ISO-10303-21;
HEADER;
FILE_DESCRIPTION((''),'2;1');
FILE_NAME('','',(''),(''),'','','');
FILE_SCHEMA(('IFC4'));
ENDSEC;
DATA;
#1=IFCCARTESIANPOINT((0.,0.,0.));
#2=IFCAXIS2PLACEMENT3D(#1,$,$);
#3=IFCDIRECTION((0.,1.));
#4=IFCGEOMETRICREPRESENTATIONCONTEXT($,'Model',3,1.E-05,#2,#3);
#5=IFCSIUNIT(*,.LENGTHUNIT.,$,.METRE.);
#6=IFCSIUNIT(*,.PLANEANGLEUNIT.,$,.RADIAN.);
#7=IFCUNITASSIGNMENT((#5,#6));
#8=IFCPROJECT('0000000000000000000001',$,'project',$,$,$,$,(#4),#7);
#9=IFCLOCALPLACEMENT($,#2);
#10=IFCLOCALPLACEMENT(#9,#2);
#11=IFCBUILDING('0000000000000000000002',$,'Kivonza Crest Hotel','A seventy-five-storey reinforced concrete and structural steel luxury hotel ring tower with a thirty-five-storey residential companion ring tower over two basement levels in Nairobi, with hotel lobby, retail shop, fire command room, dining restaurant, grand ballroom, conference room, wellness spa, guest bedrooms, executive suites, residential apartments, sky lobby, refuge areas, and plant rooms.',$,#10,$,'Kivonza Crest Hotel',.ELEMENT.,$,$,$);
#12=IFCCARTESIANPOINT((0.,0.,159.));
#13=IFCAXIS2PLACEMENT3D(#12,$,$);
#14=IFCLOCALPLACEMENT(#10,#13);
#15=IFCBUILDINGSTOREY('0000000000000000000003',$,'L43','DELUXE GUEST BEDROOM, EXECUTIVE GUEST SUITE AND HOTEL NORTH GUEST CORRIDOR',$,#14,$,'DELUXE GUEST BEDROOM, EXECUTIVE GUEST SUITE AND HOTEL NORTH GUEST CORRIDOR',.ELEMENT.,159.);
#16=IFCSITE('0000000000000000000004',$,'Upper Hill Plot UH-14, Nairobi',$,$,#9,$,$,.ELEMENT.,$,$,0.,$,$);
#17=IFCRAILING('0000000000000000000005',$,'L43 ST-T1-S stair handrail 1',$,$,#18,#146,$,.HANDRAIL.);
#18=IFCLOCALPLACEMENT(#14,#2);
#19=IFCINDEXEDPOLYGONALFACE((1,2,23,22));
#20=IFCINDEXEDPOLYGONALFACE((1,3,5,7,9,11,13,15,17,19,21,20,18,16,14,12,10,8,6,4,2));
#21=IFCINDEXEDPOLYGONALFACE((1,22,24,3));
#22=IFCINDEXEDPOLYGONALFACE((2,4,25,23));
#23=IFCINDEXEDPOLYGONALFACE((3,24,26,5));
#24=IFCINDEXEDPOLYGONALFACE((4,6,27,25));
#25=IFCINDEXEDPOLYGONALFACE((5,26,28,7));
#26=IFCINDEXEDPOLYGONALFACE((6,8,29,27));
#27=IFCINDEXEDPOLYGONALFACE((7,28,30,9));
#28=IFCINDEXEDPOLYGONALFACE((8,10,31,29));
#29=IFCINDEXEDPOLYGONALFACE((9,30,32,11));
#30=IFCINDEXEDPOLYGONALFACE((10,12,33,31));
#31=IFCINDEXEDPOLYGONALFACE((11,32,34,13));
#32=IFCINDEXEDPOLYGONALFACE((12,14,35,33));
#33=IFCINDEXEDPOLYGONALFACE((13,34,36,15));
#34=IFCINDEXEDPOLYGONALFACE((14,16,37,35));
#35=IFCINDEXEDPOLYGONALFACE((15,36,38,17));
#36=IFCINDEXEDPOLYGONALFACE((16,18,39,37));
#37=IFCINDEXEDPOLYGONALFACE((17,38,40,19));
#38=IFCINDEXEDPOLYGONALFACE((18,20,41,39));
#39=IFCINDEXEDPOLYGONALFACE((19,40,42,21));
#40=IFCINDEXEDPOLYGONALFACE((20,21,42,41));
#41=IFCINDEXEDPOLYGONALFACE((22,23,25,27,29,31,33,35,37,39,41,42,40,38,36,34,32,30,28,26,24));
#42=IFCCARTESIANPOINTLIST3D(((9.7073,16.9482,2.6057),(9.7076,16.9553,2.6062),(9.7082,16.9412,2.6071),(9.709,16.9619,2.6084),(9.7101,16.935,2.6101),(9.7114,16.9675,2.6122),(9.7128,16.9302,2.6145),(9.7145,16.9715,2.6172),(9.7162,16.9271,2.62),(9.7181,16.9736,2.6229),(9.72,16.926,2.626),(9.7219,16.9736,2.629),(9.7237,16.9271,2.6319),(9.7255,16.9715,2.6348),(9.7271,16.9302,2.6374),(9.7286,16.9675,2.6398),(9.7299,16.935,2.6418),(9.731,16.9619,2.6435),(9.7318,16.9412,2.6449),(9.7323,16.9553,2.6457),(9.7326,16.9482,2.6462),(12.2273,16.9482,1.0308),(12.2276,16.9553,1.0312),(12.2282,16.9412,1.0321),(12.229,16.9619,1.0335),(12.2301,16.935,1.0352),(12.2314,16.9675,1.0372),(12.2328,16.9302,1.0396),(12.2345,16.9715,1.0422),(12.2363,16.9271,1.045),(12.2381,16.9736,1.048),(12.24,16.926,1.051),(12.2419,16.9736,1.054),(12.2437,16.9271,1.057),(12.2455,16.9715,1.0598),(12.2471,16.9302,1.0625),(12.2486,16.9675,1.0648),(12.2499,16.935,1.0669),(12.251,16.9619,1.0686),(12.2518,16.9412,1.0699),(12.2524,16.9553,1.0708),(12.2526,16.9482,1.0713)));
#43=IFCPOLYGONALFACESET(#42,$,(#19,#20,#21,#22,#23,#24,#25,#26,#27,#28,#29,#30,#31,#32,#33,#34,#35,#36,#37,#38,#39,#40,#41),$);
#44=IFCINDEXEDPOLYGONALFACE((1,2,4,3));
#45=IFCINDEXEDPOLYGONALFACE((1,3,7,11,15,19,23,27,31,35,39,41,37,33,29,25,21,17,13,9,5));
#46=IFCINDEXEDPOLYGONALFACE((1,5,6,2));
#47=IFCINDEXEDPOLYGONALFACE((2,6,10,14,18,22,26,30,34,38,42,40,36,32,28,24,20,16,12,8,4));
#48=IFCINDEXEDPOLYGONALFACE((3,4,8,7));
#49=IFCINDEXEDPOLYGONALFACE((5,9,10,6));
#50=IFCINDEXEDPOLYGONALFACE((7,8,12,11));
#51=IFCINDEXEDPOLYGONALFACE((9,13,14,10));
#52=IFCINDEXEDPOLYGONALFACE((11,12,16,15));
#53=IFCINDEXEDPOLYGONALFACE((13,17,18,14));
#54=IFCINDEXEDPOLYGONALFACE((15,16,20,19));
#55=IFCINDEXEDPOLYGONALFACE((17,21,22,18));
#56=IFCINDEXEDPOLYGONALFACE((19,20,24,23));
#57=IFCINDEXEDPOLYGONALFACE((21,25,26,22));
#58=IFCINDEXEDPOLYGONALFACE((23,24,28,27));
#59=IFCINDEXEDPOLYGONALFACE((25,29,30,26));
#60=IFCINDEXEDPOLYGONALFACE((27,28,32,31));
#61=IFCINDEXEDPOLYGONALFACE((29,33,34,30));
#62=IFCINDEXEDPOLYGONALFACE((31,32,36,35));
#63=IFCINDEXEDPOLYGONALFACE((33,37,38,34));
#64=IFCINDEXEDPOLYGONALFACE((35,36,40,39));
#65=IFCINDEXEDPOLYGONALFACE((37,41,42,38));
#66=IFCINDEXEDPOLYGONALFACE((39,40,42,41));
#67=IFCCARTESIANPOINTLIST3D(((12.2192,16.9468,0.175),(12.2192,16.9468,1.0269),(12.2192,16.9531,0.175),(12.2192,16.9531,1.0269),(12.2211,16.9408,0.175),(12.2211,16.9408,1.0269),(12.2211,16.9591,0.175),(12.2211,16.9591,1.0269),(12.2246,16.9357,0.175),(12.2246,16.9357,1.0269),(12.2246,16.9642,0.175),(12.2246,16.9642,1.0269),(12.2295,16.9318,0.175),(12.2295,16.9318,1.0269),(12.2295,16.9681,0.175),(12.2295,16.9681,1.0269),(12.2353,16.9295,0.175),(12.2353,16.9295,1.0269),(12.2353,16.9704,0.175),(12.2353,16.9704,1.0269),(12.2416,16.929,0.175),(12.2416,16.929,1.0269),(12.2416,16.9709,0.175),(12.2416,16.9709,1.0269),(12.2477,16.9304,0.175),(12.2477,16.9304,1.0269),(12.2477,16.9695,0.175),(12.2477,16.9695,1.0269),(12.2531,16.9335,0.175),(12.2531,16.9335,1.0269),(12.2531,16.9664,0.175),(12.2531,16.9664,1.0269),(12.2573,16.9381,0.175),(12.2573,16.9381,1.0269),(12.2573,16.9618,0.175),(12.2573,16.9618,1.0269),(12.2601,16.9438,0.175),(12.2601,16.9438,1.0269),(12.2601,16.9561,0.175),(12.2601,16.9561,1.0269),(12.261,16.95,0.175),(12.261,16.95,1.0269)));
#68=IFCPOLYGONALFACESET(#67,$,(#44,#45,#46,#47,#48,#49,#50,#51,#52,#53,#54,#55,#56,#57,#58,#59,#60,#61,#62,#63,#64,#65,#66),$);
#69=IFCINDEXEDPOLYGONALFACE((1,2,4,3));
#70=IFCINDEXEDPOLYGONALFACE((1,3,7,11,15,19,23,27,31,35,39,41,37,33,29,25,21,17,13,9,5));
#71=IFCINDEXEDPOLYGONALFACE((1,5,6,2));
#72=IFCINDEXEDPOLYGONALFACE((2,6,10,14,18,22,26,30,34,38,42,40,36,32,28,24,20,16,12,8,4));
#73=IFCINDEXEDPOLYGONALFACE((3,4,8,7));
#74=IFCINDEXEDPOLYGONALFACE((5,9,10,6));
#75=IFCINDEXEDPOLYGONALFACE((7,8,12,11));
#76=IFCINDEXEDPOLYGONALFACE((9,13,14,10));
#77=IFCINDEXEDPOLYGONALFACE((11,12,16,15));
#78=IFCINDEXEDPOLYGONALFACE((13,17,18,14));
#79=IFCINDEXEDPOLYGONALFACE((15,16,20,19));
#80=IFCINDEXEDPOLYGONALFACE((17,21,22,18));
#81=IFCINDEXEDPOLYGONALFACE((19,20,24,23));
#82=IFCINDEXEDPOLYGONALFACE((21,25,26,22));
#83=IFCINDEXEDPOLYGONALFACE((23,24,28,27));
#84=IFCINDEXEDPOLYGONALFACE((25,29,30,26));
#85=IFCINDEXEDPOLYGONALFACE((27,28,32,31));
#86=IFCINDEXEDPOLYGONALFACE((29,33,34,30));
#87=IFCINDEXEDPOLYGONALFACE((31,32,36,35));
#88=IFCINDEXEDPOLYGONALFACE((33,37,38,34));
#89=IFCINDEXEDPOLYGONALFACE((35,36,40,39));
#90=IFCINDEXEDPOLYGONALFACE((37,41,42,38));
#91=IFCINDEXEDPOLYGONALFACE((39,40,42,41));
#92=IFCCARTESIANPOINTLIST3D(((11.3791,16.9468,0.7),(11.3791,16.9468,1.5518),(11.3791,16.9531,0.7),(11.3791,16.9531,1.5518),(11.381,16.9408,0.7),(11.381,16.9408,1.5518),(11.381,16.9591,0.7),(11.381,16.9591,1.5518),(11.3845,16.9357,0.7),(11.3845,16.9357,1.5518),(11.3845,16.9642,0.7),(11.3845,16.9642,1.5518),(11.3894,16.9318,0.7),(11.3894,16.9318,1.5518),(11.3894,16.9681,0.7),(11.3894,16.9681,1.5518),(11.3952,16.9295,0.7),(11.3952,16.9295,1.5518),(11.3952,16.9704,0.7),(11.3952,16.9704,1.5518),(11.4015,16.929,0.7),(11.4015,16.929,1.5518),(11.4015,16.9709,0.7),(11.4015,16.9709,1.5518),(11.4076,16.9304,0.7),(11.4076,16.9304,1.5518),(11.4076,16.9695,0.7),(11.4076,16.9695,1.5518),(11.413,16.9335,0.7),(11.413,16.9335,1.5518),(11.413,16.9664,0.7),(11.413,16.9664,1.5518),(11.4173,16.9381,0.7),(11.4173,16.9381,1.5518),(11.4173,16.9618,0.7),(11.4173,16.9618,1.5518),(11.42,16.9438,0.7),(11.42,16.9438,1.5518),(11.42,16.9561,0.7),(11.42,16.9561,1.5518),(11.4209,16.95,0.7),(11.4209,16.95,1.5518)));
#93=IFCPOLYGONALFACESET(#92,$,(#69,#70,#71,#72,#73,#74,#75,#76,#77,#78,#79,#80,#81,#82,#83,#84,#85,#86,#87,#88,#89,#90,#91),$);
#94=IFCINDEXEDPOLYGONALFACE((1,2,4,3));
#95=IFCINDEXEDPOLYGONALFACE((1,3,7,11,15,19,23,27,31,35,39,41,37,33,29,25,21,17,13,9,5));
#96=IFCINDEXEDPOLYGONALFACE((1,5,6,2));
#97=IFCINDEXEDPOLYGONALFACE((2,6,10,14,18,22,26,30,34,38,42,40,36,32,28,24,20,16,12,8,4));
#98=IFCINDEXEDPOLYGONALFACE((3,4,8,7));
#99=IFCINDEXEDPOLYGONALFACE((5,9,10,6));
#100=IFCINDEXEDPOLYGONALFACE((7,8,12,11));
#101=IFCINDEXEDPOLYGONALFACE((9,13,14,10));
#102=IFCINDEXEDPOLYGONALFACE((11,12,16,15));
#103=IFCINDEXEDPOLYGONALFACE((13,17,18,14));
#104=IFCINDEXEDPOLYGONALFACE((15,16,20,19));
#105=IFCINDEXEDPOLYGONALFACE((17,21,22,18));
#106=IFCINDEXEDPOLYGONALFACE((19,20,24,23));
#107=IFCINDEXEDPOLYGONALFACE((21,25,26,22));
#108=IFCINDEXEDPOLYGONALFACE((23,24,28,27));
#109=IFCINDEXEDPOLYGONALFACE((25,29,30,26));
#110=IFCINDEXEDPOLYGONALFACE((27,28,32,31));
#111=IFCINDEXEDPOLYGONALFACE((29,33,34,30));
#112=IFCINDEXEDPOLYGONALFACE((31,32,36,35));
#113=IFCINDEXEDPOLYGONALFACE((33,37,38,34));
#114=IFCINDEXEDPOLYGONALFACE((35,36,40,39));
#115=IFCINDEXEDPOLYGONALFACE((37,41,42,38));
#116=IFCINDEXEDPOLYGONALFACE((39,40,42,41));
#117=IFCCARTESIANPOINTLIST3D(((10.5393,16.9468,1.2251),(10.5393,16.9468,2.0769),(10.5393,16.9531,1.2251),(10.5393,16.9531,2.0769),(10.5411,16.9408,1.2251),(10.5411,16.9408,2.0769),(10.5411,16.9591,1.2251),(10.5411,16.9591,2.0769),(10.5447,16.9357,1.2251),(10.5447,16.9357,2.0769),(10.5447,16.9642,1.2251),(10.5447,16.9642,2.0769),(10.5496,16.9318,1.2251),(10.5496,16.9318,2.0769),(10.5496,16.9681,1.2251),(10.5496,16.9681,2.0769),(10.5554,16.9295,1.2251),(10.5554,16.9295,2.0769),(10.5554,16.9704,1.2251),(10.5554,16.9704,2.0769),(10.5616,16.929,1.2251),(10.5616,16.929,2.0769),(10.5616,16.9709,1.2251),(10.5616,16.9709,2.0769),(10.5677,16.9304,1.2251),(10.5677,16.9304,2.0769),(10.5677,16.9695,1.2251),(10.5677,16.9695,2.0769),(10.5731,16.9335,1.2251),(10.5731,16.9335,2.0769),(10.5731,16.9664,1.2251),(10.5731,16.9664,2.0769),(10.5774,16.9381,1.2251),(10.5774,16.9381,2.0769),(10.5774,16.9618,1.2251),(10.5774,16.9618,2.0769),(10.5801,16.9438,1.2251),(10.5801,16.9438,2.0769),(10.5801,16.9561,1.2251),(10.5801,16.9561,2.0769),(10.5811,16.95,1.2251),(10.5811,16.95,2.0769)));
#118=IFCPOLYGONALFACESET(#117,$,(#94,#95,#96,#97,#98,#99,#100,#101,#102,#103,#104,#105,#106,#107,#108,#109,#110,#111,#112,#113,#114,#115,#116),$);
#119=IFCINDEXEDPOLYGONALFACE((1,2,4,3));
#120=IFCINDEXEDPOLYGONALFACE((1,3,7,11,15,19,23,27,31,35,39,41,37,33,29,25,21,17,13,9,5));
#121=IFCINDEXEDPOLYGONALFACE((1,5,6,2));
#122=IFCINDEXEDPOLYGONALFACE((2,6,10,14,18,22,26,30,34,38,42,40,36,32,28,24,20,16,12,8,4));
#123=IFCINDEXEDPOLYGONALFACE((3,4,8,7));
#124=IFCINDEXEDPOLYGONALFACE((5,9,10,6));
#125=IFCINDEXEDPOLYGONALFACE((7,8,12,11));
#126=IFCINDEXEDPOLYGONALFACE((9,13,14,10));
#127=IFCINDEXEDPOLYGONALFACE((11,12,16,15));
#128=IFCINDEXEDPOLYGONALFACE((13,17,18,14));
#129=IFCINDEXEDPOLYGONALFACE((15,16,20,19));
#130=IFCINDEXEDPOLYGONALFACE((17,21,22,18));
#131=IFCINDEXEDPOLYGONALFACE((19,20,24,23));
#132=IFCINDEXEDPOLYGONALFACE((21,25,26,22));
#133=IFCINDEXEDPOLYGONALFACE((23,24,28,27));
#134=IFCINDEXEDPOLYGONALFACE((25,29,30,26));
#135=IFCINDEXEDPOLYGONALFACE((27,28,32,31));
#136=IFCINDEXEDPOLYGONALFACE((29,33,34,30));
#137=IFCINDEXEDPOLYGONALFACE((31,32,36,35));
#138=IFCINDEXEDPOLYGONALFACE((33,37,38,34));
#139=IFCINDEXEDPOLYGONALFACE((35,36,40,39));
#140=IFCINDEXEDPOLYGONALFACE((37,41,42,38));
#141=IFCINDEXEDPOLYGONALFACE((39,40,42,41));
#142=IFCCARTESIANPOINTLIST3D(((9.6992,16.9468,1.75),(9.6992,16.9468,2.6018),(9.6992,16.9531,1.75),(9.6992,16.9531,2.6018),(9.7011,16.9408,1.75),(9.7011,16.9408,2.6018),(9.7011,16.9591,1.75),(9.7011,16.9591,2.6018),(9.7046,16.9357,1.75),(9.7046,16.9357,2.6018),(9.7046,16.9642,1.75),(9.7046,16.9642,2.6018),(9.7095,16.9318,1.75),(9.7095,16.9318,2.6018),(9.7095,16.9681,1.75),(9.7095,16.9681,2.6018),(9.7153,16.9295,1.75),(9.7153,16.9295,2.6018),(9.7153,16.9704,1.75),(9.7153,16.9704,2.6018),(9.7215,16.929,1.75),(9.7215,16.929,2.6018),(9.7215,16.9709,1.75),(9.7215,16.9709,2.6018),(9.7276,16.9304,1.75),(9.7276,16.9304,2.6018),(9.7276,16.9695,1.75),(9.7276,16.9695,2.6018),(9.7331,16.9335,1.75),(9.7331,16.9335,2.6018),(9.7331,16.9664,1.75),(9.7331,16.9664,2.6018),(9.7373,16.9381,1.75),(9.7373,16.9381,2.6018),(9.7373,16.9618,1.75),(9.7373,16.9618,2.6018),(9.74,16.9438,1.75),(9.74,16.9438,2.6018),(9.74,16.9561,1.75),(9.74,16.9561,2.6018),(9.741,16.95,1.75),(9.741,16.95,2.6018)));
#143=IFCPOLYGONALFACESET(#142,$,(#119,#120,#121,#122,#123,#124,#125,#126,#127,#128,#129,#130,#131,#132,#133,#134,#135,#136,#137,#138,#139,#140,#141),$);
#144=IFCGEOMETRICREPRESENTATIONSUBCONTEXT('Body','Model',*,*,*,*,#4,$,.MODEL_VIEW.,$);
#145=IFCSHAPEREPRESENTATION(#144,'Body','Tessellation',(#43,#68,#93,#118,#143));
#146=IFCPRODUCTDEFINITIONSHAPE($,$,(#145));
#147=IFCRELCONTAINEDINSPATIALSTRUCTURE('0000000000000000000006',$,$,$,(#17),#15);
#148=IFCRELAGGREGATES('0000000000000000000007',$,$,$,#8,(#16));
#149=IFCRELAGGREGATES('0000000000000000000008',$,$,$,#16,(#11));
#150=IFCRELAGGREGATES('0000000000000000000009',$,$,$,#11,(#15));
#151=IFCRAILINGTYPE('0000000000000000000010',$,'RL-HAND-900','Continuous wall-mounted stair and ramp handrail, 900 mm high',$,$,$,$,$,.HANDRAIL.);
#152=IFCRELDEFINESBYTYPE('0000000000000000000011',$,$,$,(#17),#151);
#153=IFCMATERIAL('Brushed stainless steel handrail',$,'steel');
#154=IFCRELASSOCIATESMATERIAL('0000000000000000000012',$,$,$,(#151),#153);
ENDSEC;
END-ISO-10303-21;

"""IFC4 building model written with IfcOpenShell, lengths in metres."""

from ifc_helpers import new_model, si_unit, direction, frame, origin, origin_2d, place, context, subcontext, project, spatial, circle, extrude, material, type_object, element, save


model = new_model("IFC4")

# Units and contexts
model_context = context("Model", 3, precision=1e-05, world=origin(), true_north=direction((0.0, 1.0)))
body_context = subcontext(model_context, "Body", "Model", "MODEL_VIEW")
ifc_project = project(units=[si_unit("LENGTHUNIT", "METRE"), si_unit("PLANEANGLEUNIT", "RADIAN")], contexts=[model_context])

# Site, building, storey
site_placement = place(None, origin())
site = spatial("IfcSite", under=ifc_project, at=site_placement, Name="Upper Hill Plot UH-14, Nairobi", CompositionType="ELEMENT", RefElevation=0.0)
building_placement = place(site_placement, origin())
building = spatial("IfcBuilding", under=site, at=building_placement, Name="Kivonza Crest Hotel", Description="A seventy-five-storey reinforced concrete and structural steel luxury hotel ring tower with a thirty-five-storey residential companion ring tower over two basement levels in Nairobi, with hotel lobby, retail shop, fire command room, dining restaurant, grand ballroom, conference room, wellness spa, guest bedrooms, executive suites, residential apartments, sky lobby, refuge areas, and plant rooms.", LongName="Kivonza Crest Hotel", CompositionType="ELEMENT")
storey_placement = place(building_placement, frame((0.0, 0.0, 159.0)))
storey = spatial("IfcBuildingStorey", under=building, at=storey_placement, Name="L43", Description="DELUXE GUEST BEDROOM, EXECUTIVE GUEST SUITE AND HOTEL NORTH GUEST CORRIDOR", LongName="DELUXE GUEST BEDROOM, EXECUTIVE GUEST SUITE AND HOTEL NORTH GUEST CORRIDOR", CompositionType="ELEMENT", Elevation=159.0)

# Railing
ifc_material_1 = material(Name="Brushed stainless steel handrail", Category="steel")
railing_type_1 = type_object("IfcRailingType", Name="RL-HAND-900", Description="Continuous wall-mounted stair and ramp handrail, 900 mm high", PredefinedType="HANDRAIL", material=ifc_material_1)
railing_1_placement = place(storey_placement, frame((12.24, 16.95, 0.175)))
element("IfcRailing", 1, at=railing_1_placement, inside=storey, type_object=railing_type_1, Name="L43 ST-T1-S stair handrail 1", PredefinedType="HANDRAIL", context=body_context, shape_type="SweptSolid", body=[
    extrude(circle(Radius=0.0239, at=origin_2d()), frame((0.0, 0.0, 0.876), z_axis=(-0.848008, 0.0, 0.529984), x_axis=(0.0, -1.0, 0.0)), (0.0, 0.0, 1.0), 2.9717),
    extrude(circle(Radius=0.021, at=origin_2d()), origin(), (0.0, 0.0, 1.0), 0.8518),
    extrude(circle(Radius=0.021, at=origin_2d()), frame((-0.8401, 0.0, 0.5249)), (0.0, 0.0, 1.0), 0.8518),
    extrude(circle(Radius=0.021, at=origin_2d()), frame((-1.6799, 0.0, 1.05)), (0.0, 0.0, 1.0), 0.8518),
    extrude(circle(Radius=0.021, at=origin_2d()), frame((-2.52, 0.0, 1.575)), (0.0, 0.0, 1.0), 0.8518),
])

save(model, "model.ifc")
